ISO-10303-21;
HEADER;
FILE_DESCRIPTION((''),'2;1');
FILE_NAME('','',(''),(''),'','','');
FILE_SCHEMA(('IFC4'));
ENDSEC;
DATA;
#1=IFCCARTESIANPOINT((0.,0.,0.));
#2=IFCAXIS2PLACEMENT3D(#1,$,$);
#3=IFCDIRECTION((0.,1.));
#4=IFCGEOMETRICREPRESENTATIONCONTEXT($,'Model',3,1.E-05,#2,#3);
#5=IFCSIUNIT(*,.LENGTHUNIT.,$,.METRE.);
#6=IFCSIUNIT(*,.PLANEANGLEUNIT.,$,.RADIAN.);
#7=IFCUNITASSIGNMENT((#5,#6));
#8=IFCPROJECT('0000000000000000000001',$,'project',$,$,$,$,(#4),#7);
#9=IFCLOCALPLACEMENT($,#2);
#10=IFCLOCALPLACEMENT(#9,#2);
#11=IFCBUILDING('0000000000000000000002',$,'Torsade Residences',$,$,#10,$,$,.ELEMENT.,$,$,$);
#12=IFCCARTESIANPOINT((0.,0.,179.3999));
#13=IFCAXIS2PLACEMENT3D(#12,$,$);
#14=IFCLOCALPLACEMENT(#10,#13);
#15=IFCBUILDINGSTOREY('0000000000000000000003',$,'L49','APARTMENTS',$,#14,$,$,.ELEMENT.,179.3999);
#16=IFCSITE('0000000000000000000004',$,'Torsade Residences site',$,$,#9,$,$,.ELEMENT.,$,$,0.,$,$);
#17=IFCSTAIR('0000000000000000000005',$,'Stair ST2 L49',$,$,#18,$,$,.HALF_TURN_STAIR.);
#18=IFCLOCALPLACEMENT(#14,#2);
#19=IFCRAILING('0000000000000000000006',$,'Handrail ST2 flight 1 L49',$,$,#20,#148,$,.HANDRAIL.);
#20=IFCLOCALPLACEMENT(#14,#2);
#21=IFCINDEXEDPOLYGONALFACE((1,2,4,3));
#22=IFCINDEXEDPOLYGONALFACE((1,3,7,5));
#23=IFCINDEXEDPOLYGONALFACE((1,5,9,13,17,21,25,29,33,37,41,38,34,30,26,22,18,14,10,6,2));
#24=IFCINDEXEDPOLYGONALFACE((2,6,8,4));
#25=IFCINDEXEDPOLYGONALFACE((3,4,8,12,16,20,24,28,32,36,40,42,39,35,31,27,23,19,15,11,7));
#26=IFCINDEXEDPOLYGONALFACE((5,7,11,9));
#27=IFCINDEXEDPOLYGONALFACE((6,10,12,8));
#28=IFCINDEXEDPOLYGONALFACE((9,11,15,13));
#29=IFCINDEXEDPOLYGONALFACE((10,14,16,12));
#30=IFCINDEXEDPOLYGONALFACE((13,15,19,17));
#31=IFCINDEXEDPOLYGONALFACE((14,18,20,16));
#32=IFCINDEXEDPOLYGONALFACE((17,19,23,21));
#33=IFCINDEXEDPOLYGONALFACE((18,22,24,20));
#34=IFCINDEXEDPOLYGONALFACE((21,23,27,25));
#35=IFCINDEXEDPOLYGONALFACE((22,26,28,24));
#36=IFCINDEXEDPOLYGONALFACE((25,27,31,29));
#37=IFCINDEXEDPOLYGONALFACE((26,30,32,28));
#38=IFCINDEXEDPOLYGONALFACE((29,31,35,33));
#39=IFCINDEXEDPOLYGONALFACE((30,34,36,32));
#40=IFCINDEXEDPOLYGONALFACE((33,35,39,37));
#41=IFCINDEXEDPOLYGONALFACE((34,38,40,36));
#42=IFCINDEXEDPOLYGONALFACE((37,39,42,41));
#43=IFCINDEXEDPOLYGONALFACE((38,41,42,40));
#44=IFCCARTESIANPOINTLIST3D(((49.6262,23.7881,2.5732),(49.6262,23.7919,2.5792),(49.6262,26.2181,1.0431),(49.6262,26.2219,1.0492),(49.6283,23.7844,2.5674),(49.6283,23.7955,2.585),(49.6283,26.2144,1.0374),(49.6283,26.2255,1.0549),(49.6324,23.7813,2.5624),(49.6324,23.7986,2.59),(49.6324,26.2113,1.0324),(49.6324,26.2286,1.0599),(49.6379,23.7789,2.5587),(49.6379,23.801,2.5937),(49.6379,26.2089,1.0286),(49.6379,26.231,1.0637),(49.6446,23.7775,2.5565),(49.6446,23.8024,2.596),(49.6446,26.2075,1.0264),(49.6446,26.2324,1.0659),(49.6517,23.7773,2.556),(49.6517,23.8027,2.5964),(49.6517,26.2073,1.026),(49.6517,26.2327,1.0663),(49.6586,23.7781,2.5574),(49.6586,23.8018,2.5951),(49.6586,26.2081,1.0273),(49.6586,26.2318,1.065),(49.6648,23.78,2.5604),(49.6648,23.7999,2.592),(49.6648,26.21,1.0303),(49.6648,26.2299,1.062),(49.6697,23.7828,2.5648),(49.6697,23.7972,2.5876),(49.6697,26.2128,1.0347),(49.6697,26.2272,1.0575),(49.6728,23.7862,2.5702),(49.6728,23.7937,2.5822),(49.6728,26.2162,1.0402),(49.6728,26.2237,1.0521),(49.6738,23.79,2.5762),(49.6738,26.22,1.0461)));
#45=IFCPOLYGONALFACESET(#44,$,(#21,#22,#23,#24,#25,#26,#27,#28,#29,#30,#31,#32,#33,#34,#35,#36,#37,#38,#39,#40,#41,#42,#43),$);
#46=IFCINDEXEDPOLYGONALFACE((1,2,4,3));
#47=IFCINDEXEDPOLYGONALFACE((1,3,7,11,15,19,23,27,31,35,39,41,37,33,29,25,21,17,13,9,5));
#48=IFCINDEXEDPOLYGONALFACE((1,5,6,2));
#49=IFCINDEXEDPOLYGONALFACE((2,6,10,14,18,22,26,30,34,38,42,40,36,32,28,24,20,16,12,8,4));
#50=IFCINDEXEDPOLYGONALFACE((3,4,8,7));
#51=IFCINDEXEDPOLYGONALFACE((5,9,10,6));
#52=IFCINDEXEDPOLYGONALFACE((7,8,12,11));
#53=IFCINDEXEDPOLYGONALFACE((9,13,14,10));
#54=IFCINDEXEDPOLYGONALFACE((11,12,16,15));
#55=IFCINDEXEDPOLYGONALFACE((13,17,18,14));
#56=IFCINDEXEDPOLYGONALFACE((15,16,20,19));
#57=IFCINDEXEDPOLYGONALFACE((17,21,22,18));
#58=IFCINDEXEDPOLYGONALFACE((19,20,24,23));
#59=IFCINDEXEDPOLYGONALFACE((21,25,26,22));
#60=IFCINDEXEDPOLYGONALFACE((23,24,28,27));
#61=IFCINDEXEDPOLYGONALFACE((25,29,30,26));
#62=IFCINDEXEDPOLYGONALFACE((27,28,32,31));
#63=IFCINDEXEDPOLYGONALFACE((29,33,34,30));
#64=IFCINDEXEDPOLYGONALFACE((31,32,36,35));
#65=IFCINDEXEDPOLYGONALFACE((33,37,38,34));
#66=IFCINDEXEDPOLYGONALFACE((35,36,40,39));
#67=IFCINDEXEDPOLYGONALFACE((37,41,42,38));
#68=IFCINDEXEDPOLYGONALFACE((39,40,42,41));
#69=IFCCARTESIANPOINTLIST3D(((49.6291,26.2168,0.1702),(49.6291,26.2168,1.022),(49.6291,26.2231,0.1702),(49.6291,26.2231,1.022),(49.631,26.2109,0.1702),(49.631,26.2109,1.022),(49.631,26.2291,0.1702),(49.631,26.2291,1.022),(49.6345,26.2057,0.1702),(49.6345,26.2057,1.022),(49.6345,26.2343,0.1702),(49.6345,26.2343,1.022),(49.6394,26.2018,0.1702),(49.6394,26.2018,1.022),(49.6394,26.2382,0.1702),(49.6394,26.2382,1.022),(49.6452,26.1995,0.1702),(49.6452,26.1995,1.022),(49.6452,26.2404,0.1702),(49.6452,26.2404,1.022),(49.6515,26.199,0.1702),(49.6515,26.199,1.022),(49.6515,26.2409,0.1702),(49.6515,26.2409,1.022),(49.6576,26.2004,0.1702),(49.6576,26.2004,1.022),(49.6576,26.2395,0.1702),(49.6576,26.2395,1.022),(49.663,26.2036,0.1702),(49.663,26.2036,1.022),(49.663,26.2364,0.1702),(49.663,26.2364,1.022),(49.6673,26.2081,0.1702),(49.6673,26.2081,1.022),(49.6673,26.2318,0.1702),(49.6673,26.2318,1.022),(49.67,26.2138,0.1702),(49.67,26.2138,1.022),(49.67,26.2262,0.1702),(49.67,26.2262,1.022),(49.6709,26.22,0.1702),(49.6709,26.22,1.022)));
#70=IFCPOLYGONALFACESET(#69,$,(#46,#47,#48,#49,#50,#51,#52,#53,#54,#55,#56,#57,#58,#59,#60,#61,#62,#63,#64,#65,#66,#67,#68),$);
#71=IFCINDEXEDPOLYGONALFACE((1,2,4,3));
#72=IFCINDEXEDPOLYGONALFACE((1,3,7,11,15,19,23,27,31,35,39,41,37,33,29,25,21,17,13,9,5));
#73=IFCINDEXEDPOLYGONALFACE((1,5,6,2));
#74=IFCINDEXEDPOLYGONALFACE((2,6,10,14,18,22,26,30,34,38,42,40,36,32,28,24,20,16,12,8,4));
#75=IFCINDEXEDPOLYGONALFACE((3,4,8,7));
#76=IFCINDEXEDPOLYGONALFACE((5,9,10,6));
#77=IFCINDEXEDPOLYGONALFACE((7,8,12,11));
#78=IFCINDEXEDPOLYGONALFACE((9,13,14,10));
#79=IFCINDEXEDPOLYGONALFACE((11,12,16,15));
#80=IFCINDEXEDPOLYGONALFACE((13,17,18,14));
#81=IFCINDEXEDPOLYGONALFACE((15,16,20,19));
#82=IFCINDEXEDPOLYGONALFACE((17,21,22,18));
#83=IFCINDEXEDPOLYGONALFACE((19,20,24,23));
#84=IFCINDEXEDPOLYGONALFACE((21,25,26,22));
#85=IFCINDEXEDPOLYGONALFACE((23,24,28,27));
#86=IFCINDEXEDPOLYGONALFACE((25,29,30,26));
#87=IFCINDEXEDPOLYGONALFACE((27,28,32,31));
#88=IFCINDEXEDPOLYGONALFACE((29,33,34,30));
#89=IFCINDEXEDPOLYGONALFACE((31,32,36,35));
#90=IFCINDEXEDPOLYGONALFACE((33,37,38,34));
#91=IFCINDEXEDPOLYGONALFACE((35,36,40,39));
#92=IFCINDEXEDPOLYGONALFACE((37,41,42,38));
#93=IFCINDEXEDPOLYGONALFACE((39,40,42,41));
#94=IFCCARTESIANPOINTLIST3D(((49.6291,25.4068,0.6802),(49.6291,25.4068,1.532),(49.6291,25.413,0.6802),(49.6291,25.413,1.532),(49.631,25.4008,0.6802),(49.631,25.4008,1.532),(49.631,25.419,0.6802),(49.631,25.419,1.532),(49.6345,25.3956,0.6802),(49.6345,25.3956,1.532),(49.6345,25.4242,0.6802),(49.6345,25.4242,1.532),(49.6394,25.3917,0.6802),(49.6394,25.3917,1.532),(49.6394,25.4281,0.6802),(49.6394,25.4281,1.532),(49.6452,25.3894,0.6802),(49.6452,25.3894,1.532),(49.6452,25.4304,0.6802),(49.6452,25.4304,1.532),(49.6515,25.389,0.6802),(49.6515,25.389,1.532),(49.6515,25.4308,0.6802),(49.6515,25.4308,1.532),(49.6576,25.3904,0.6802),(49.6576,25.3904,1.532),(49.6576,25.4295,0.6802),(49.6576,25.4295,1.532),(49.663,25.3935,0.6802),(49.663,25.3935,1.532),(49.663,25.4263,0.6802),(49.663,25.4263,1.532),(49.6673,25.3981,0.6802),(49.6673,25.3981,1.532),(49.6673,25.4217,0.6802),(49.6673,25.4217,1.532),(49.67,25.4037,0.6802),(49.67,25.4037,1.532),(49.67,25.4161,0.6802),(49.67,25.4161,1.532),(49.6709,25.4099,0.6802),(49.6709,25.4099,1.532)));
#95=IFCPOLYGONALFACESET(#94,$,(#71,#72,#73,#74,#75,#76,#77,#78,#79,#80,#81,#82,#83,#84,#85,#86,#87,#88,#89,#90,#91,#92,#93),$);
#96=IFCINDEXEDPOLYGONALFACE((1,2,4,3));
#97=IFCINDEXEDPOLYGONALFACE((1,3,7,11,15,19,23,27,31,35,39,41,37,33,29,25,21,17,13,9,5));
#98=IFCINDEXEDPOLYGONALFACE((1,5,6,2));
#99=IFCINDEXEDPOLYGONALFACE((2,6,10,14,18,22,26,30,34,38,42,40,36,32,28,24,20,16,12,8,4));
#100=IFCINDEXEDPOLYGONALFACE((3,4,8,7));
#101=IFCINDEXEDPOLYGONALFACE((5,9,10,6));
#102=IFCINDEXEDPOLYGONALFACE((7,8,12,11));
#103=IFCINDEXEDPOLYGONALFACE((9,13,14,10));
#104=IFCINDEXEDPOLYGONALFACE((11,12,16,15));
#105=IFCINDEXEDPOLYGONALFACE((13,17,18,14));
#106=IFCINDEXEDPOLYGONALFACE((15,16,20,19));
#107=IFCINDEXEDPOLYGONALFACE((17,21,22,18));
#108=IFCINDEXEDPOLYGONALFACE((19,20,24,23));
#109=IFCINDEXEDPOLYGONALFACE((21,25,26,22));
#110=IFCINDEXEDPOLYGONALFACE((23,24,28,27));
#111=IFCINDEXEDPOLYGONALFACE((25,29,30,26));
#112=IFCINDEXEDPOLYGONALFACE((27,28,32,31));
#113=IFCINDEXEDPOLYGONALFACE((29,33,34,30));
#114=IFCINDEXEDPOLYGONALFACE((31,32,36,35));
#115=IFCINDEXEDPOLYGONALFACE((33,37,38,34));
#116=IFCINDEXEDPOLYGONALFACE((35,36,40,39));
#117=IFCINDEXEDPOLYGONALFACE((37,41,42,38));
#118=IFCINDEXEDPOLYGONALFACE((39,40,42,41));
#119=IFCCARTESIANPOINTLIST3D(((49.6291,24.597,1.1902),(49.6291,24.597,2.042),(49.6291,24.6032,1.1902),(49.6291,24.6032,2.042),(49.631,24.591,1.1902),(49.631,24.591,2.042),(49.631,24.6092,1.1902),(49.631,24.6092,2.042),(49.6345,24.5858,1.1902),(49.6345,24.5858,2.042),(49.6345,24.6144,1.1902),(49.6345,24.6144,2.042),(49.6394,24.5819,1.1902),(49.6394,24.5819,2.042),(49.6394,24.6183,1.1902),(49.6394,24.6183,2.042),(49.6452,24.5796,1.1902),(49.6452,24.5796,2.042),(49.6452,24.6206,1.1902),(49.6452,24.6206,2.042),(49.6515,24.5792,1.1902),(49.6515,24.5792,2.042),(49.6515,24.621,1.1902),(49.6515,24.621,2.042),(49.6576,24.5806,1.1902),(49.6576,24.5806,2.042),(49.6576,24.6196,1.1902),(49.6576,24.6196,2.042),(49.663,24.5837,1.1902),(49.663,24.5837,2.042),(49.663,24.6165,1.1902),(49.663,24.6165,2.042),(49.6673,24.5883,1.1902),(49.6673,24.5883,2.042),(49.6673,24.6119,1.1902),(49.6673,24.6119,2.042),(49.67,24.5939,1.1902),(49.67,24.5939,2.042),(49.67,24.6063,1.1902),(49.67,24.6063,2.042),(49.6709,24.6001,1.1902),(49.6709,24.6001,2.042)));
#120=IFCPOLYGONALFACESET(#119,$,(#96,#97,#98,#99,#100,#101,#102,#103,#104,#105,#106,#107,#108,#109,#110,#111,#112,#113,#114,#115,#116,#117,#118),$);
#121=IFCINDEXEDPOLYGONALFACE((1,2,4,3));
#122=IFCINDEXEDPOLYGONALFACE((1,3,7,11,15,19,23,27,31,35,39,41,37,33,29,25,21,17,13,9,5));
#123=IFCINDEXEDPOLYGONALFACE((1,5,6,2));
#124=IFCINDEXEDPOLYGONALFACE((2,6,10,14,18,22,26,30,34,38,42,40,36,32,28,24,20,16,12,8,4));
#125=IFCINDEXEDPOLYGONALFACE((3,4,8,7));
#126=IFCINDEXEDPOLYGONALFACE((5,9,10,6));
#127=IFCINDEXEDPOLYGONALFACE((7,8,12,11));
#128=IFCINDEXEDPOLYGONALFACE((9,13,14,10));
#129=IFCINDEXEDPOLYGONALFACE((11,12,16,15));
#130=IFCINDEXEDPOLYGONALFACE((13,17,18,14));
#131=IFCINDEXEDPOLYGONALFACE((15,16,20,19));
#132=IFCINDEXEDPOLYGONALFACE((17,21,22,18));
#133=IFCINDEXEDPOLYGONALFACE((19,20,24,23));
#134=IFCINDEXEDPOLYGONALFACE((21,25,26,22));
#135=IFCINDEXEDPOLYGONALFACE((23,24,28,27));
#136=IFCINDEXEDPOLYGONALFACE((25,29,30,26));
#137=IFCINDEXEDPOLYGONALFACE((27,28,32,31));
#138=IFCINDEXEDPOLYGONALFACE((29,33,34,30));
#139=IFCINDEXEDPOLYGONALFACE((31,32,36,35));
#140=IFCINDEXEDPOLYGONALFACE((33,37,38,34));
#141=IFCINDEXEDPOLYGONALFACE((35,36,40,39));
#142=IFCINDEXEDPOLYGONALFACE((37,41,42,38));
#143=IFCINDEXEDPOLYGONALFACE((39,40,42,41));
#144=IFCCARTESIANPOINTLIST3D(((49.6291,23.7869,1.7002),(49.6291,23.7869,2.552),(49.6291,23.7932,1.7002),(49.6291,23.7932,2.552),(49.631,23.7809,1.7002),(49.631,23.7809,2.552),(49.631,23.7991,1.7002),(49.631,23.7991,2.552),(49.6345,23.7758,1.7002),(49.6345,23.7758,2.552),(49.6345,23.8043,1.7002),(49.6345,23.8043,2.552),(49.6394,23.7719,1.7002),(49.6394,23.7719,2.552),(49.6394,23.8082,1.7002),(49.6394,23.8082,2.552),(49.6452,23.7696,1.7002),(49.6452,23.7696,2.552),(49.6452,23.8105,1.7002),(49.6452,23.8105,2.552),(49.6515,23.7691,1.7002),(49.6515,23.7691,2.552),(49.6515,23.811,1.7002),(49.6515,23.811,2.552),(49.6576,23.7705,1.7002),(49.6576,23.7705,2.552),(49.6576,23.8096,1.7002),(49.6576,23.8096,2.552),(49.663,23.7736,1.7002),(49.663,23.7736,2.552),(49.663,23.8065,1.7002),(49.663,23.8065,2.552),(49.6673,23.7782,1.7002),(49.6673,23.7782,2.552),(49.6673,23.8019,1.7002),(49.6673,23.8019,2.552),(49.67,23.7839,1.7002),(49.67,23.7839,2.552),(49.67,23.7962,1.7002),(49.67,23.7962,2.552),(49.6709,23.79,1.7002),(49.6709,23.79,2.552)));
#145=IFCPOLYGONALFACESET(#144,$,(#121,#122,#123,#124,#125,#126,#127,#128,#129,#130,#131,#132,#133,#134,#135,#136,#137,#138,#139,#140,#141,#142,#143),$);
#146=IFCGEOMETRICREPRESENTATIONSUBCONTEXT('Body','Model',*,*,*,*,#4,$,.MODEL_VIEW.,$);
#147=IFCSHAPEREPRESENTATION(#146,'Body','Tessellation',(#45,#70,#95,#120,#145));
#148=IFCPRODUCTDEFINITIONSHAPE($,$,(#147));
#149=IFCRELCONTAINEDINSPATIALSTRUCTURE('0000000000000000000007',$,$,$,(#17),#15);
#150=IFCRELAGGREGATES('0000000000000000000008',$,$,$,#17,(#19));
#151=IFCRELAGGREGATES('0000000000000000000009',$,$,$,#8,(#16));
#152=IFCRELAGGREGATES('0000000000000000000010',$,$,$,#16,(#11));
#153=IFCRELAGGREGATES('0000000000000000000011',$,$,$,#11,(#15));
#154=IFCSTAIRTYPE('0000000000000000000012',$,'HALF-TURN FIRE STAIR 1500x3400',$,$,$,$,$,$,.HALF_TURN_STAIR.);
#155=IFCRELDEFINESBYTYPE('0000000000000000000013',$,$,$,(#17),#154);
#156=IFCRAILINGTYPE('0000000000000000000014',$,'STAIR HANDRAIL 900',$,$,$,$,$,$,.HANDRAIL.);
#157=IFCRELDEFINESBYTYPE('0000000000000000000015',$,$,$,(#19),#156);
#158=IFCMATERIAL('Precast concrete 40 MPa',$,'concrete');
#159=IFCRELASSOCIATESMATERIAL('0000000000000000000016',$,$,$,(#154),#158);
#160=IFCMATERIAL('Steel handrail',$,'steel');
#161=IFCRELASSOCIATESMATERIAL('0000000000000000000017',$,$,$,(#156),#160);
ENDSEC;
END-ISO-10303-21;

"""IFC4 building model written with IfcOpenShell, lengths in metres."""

from ifc_helpers import new_model, si_unit, direction, frame, origin, origin_2d, place, context, subcontext, project, spatial, circle, extrude, material, type_object, element, aggregate, save


model = new_model("IFC4")

# Units and contexts
model_context = context("Model", 3, precision=1e-05, world=origin(), true_north=direction((0.0, 1.0)))
body_context = subcontext(model_context, "Body", "Model", "MODEL_VIEW")
ifc_project = project(units=[si_unit("LENGTHUNIT", "METRE"), si_unit("PLANEANGLEUNIT", "RADIAN")], contexts=[model_context])

# Site, building, storey
site_placement = place(None, origin())
site = spatial("IfcSite", under=ifc_project, at=site_placement, Name="Torsade Residences site", CompositionType="ELEMENT", RefElevation=0.0)
building_placement = place(site_placement, origin())
building = spatial("IfcBuilding", under=site, at=building_placement, Name="Torsade Residences", CompositionType="ELEMENT")
storey_placement = place(building_placement, frame((0.0, 0.0, 179.3999)))
storey = spatial("IfcBuildingStorey", under=building, at=storey_placement, Name="L49", Description="APARTMENTS", CompositionType="ELEMENT", Elevation=179.3999)

# Stair, railing
ifc_material_1 = material(Name="Precast concrete 40 MPa", Category="concrete")
stair_type = type_object("IfcStairType", Name="HALF-TURN FIRE STAIR 1500x3400", PredefinedType="HALF_TURN_STAIR", material=ifc_material_1)
stair_placement = place(storey_placement, origin())
stair = element("IfcStair", 1, at=stair_placement, inside=storey, type_object=stair_type, Name="Stair ST2 L49", PredefinedType="HALF_TURN_STAIR")
ifc_material_2 = material(Name="Steel handrail", Category="steel")
railing_type = type_object("IfcRailingType", Name="STAIR HANDRAIL 900", PredefinedType="HANDRAIL", material=ifc_material_2)
railing_1_placement = place(storey_placement, frame((49.6499, 26.22, 0.1702)))
railing_1 = element("IfcRailing", 2, at=railing_1_placement, type_object=railing_type, Name="Handrail ST2 flight 1 L49", PredefinedType="HANDRAIL", context=body_context, shape_type="SweptSolid", body=[
    extrude(circle(Radius=0.0239, at=origin_2d()), frame((0.0, 0.0, 0.876), z_axis=(0.0, -0.846221, 0.532831), x_axis=(1.0, 0.0, 0.0)), (0.0, 0.0, 1.0), 2.8716),
    extrude(circle(Radius=0.021, at=origin_2d()), origin(), (0.0, 0.0, 1.0), 0.8518),
    extrude(circle(Radius=0.021, at=origin_2d()), frame((0.0, -0.8101, 0.51)), (0.0, 0.0, 1.0), 0.8518),
    extrude(circle(Radius=0.021, at=origin_2d()), frame((0.0, -1.6199, 1.02)), (0.0, 0.0, 1.0), 0.8518),
    extrude(circle(Radius=0.021, at=origin_2d()), frame((0.0, -2.4299, 1.53)), (0.0, 0.0, 1.0), 0.8518),
])
aggregate(stair, [railing_1])

save(model, "model.ifc")
